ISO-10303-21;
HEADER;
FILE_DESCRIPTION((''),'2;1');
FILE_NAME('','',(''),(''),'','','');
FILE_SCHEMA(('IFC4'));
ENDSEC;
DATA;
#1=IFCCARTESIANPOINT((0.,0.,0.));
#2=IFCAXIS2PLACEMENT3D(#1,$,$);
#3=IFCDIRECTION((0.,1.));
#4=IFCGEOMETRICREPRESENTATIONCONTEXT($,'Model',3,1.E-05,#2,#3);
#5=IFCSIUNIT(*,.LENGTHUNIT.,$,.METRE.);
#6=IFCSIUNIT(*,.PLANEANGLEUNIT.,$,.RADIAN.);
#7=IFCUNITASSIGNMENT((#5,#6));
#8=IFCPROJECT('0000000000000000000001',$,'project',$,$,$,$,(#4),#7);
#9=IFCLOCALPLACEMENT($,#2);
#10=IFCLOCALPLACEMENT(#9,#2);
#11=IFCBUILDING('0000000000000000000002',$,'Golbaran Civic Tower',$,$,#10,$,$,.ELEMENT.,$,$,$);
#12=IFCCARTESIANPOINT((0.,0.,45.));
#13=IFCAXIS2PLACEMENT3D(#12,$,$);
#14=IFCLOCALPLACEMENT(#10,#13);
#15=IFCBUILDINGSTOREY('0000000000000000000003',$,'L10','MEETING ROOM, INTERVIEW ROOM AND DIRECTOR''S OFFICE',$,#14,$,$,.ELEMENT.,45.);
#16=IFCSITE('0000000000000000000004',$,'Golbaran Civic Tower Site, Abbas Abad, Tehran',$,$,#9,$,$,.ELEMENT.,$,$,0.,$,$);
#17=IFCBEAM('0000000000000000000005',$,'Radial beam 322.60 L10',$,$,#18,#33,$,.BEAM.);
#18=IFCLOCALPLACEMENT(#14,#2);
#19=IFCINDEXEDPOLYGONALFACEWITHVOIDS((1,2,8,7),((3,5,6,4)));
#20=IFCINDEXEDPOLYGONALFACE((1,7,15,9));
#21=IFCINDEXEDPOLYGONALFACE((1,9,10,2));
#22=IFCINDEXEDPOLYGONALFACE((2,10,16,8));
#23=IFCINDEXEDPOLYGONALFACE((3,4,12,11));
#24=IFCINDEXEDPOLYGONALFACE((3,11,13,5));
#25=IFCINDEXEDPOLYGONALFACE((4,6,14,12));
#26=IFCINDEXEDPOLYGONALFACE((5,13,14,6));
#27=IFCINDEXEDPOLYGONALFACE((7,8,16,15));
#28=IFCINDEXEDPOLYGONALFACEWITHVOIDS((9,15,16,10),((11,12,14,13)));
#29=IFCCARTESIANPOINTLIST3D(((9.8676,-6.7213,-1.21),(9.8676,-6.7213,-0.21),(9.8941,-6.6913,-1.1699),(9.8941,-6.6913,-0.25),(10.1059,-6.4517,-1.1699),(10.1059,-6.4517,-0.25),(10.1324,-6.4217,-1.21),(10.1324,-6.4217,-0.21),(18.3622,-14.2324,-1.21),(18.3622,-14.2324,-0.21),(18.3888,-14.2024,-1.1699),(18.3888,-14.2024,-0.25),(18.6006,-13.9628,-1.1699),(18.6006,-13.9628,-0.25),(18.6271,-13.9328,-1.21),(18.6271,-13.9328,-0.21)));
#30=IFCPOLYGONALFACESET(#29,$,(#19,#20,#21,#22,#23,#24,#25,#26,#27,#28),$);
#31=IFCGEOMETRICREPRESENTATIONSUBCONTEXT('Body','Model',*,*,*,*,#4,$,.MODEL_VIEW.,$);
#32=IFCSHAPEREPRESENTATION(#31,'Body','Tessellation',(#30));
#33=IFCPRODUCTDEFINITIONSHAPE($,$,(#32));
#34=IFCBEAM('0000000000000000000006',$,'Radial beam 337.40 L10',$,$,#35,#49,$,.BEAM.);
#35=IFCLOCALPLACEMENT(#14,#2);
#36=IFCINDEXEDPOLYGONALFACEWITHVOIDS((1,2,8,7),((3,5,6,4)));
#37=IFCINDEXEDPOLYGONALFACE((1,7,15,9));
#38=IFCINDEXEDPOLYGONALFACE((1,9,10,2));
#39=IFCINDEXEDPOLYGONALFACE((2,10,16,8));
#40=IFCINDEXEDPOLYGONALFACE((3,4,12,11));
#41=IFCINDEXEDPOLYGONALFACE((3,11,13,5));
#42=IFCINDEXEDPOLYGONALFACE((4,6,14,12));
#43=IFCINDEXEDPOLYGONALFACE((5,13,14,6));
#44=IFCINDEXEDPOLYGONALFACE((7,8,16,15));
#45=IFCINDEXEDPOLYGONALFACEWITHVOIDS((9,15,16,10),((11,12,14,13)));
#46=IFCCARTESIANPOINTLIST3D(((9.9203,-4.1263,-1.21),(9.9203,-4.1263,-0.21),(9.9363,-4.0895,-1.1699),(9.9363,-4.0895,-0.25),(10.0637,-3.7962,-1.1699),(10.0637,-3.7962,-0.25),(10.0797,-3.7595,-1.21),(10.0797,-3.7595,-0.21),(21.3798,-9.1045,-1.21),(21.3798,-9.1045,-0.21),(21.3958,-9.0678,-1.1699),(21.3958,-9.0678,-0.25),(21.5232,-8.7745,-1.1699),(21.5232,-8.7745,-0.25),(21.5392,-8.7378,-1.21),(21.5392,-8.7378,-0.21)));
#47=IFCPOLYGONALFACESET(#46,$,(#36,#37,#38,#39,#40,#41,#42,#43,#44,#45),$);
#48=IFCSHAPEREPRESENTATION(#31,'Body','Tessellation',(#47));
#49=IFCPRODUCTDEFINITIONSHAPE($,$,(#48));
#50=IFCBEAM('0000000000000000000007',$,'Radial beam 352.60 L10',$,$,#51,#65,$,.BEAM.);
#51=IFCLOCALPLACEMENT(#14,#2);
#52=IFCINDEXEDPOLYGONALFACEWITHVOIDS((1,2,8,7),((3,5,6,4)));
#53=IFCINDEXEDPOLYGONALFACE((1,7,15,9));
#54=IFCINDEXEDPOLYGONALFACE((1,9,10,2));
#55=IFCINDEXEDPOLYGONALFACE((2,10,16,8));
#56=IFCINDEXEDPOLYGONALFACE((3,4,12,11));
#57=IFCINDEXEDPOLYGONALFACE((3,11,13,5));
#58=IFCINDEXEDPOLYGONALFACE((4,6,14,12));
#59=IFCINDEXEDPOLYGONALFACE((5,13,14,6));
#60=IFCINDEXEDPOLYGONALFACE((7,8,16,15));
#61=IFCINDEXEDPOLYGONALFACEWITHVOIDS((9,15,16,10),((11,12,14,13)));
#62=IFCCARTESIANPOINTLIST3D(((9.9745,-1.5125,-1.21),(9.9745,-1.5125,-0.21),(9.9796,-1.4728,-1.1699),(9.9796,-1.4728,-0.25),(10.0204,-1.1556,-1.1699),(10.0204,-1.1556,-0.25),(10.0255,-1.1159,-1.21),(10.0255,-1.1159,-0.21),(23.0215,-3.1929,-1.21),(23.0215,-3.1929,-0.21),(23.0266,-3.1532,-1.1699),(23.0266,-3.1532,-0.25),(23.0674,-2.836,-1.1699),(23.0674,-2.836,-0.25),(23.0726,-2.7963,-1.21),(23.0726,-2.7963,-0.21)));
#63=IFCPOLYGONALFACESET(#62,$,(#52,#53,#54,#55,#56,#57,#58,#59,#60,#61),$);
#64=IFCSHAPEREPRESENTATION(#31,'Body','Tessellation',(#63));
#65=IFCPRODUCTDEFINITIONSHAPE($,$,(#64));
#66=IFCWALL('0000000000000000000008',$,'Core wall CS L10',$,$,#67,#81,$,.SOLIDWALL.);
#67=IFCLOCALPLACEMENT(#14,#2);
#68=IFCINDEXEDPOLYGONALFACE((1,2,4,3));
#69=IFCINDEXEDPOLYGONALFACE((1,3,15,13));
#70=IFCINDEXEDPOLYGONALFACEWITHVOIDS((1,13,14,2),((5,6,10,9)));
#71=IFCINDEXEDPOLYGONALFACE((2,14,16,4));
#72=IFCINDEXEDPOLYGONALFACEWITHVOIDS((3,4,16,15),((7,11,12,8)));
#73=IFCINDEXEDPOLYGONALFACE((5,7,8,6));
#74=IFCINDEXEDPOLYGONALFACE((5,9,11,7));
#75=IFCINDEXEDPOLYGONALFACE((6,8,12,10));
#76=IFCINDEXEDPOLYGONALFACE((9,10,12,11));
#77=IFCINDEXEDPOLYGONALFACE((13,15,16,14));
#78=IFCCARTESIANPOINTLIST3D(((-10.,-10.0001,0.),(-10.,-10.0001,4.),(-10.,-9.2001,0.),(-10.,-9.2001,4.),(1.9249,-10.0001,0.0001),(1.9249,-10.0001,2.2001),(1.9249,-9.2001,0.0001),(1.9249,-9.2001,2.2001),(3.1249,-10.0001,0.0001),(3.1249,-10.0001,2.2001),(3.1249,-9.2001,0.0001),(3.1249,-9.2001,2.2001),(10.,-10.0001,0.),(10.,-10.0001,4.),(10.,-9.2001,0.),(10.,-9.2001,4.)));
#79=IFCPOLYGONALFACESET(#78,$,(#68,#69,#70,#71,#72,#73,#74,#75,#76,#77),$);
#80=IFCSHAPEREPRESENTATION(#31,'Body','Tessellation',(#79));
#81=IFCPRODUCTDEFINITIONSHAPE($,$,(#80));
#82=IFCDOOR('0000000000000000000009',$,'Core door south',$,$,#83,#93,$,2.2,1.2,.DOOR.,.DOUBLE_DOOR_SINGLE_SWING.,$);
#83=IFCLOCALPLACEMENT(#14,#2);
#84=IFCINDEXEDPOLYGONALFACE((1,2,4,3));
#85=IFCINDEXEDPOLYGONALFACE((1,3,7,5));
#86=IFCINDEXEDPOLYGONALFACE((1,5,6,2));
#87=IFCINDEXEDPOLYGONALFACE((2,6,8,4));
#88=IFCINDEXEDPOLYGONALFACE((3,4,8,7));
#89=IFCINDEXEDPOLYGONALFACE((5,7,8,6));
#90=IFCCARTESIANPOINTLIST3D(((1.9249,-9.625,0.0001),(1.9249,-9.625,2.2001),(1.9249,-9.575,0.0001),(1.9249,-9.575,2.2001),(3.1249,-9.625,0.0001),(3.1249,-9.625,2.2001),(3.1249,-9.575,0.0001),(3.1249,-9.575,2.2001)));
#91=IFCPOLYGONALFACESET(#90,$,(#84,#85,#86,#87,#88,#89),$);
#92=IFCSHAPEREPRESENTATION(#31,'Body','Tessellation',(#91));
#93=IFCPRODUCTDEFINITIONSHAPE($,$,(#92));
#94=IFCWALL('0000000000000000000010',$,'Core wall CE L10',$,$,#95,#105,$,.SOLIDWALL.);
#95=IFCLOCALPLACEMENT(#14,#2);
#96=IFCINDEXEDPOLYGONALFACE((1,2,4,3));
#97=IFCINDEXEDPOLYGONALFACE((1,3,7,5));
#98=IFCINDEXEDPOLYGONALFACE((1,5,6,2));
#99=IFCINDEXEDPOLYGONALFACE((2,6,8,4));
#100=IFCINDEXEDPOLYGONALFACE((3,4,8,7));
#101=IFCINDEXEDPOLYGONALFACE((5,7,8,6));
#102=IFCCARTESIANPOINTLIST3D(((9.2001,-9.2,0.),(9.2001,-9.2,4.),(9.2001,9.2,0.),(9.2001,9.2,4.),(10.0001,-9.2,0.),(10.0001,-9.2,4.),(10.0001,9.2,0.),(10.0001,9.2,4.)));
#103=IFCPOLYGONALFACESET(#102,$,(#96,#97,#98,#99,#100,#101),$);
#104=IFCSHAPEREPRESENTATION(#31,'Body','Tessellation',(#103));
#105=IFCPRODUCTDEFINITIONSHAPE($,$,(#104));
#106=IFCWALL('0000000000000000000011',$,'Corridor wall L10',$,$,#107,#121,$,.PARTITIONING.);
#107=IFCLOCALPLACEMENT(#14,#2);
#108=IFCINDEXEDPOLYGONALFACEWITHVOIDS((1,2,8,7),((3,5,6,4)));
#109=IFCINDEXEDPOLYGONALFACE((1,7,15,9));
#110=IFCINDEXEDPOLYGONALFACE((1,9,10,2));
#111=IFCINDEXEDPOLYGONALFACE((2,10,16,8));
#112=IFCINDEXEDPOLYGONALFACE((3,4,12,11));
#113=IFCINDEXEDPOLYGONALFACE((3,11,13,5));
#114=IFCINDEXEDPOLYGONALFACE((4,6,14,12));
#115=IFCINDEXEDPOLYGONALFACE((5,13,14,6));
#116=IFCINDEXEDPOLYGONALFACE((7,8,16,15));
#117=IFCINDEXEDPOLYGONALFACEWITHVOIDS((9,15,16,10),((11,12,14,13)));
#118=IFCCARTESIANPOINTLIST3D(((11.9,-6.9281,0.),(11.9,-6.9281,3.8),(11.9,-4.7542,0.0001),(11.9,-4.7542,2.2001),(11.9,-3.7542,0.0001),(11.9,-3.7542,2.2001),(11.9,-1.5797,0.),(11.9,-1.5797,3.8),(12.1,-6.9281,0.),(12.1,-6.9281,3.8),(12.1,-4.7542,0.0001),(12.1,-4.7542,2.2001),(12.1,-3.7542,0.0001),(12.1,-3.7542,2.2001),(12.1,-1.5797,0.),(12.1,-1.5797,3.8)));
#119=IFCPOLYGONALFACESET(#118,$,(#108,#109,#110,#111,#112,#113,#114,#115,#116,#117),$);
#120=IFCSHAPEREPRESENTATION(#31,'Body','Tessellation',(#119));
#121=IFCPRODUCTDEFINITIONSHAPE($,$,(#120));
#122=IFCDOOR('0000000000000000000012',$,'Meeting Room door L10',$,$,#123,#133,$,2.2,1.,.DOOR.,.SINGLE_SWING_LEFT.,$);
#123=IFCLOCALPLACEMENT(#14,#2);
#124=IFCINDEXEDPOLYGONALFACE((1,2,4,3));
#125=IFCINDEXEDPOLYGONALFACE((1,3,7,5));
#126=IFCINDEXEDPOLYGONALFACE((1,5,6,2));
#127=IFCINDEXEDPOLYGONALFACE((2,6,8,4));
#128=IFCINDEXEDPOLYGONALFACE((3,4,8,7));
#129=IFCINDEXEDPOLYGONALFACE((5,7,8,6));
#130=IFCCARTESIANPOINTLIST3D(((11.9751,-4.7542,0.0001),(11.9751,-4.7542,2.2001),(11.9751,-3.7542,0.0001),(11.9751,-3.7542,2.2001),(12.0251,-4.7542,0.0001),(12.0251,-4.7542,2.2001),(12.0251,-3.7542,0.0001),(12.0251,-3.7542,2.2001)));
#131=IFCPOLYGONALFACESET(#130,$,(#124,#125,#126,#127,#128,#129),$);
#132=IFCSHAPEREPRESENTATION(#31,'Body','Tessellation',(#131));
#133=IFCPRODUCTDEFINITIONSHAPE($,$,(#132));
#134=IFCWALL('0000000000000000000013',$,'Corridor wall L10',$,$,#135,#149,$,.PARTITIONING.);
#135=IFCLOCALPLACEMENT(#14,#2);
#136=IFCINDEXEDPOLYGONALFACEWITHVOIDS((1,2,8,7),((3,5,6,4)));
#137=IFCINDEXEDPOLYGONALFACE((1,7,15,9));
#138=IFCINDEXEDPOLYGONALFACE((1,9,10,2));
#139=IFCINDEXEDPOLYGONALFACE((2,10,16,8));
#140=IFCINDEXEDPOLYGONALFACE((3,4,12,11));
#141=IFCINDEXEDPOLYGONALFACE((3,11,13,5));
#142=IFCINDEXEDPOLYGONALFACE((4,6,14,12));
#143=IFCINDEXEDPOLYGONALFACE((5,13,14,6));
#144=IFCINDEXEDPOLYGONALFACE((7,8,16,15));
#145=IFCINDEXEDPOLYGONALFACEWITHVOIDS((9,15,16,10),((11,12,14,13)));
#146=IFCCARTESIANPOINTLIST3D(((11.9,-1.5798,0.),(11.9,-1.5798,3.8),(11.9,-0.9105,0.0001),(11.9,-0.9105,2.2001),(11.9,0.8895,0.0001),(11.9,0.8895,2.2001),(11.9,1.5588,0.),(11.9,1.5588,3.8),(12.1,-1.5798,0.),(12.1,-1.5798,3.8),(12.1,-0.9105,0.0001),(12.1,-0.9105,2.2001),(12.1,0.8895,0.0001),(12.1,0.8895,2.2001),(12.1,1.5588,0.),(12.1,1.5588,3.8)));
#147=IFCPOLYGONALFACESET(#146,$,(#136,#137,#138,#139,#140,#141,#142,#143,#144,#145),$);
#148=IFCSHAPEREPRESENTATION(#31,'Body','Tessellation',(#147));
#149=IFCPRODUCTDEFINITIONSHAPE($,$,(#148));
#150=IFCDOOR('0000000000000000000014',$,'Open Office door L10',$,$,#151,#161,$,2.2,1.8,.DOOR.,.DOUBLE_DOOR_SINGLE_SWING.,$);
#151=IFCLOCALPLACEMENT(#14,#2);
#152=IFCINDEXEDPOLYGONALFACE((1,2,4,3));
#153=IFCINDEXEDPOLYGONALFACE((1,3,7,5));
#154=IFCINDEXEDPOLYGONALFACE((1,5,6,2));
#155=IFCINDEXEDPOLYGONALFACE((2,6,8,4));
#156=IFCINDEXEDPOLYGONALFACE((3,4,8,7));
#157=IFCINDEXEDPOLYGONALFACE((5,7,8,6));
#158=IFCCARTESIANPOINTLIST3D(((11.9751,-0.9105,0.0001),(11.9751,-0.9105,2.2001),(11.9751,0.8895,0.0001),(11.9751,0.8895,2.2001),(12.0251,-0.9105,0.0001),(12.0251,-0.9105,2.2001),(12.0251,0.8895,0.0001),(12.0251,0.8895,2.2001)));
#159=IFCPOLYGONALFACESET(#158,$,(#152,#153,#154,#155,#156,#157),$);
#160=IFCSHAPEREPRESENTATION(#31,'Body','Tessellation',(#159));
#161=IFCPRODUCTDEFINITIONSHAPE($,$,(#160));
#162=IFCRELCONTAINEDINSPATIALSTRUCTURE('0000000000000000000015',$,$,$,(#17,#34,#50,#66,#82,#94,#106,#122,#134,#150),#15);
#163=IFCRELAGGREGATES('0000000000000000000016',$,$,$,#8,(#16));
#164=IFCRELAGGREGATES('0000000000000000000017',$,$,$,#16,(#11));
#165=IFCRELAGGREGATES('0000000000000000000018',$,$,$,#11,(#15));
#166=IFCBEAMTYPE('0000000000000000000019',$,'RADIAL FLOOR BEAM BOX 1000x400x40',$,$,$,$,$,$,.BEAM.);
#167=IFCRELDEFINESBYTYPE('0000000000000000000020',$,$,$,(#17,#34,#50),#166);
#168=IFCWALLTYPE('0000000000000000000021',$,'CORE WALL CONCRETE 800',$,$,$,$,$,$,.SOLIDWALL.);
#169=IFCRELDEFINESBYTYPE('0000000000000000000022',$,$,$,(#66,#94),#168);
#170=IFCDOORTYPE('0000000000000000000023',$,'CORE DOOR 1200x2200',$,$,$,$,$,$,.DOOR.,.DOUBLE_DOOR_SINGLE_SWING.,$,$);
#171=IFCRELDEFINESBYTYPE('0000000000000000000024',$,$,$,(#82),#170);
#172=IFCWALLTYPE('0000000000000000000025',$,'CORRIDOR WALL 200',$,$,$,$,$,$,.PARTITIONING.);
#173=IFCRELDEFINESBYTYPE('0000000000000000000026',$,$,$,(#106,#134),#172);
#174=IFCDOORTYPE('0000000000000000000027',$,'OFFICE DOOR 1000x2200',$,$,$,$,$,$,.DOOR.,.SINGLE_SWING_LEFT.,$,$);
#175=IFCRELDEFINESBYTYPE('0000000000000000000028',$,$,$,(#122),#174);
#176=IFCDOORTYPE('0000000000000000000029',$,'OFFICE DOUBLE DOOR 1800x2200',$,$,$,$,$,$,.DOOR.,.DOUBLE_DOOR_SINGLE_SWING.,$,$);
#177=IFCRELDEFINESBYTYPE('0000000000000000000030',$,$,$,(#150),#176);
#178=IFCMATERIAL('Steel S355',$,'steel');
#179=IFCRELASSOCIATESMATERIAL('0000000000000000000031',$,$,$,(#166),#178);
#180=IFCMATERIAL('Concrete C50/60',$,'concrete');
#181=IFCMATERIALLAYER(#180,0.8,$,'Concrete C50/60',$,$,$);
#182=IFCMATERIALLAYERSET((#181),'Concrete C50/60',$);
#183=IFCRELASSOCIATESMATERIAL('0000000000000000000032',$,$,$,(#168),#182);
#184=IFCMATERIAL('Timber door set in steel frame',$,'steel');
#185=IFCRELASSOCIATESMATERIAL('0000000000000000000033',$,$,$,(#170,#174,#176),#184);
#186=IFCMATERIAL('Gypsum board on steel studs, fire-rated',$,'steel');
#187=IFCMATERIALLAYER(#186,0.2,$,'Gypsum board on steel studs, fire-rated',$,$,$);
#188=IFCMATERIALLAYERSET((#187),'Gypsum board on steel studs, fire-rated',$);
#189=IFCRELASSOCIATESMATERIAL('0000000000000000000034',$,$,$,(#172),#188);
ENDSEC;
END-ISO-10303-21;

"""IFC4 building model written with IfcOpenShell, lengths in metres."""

from ifc_helpers import new_model, si_unit, direction, frame, frame_2d, origin, origin_2d, place, context, subcontext, project, spatial, rectangle, hollow_rectangle, extrude, material, layer, layer_set, material_profile, profile_set, type_object, element, fill, save


model = new_model("IFC4")

# Units and contexts
model_context = context("Model", 3, precision=1e-05, world=origin(), true_north=direction((0.0, 1.0)))
body_context = subcontext(model_context, "Body", "Model", "MODEL_VIEW")
ifc_project = project(units=[si_unit("LENGTHUNIT", "METRE"), si_unit("PLANEANGLEUNIT", "RADIAN")], contexts=[model_context])

# Site, building, storey
site_placement = place(None, origin())
site = spatial("IfcSite", under=ifc_project, at=site_placement, Name="Golbaran Civic Tower Site, Abbas Abad, Tehran", CompositionType="ELEMENT", RefElevation=0.0)
building_placement = place(site_placement, origin())
building = spatial("IfcBuilding", under=site, at=building_placement, Name="Golbaran Civic Tower", CompositionType="ELEMENT")
storey_placement = place(building_placement, frame((0.0, 0.0, 45.0)))
storey = spatial("IfcBuildingStorey", under=building, at=storey_placement, Name="L10", Description="MEETING ROOM, INTERVIEW ROOM AND DIRECTOR'S OFFICE", CompositionType="ELEMENT", Elevation=45.0)

# Beams
ifc_material_1 = material(Name="Steel S355", Category="steel")
ifc_material_profile = material_profile(ifc_material_1, hollow_rectangle(XDim=0.3999, YDim=1.0, WallThickness=0.04, at=origin_2d()), Name="BOX 1000x400x40")
ifc_profile_set = profile_set([ifc_material_profile], Name="Steel S355")
beam_type = type_object("IfcBeamType", Name="RADIAL FLOOR BEAM BOX 1000x400x40", PredefinedType="BEAM", material=ifc_profile_set)
beam_1_placement = place(storey_placement, frame((10.0, -6.5715, -0.71), z_axis=(0.749149, -0.662401, 0.0), x_axis=(0.662401, 0.749149, 0.0)))
element("IfcBeam", 1, at=beam_1_placement, inside=storey, type_object=beam_type, Name="Radial beam 322.60 L10", PredefinedType="BEAM", context=body_context, shape_type="SweptSolid", body=[
    extrude(hollow_rectangle(XDim=0.3999, YDim=1.0, WallThickness=0.04, at=origin_2d()), origin(), (0.0, 0.0, 1.0), 11.3391),
])
beam_2_placement = place(storey_placement, frame((10.0, -3.9429, -0.71), z_axis=(0.91719, -0.39845, 0.0), x_axis=(0.39845, 0.91719, 0.0)))
element("IfcBeam", 2, at=beam_2_placement, inside=storey, type_object=beam_type, Name="Radial beam 337.40 L10", PredefinedType="BEAM", context=body_context, shape_type="SweptSolid", body=[
    extrude(hollow_rectangle(XDim=0.3999, YDim=1.0, WallThickness=0.04, at=origin_2d()), origin(), (0.0, 0.0, 1.0), 12.4941),
])
beam_3_placement = place(storey_placement, frame((10.0, -1.3142, -0.71), z_axis=(0.991808, -0.127741, 0.0), x_axis=(0.127741, 0.991808, 0.0)))
element("IfcBeam", 3, at=beam_3_placement, inside=storey, type_object=beam_type, Name="Radial beam 352.60 L10", PredefinedType="BEAM", context=body_context, shape_type="SweptSolid", body=[
    extrude(hollow_rectangle(XDim=0.3999, YDim=1.0, WallThickness=0.04, at=origin_2d()), origin(), (0.0, 0.0, 1.0), 13.1548),
])

# Wall, opening, door
ifc_material_2 = material(Name="Concrete C50/60", Category="concrete")
ifc_layer_1 = layer(ifc_material_2, 0.8, Name="Concrete C50/60")
ifc_layer_set_1 = layer_set([ifc_layer_1], Name="Concrete C50/60")
wall_type_1 = type_object("IfcWallType", Name="CORE WALL CONCRETE 800", PredefinedType="SOLIDWALL", material=ifc_layer_set_1)
wall_1_placement = place(storey_placement, frame((10.0, -9.6001, 0.0), z_axis=(0.0, 0.0, 1.0), x_axis=(-1.0, 0.0, 0.0)))
wall_1 = element("IfcWall", 4, at=wall_1_placement, inside=storey, type_object=wall_type_1, Name="Core wall CS L10", PredefinedType="SOLIDWALL", context=body_context, shape_type="SweptSolid", body=[
    extrude(rectangle(XDim=20.0, YDim=0.8, at=frame_2d((10.0, 0.0))), origin(), (0.0, 0.0, 1.0), 4.0),
])
opening_1_placement = place(wall_1_placement, frame((6.875, 0.0, 0.0)))
opening_1 = element("IfcOpeningElement", 5, at=opening_1_placement, cuts=wall_1, PredefinedType="OPENING", context=body_context, shape_type="SweptSolid", body=[
    extrude(rectangle(XDim=1.2, YDim=2.2, at=frame_2d((0.6001, 1.1001))), frame((0.0, 0.4099, 0.0), z_axis=(0.0, -1.0, 0.0), x_axis=(1.0, 0.0, 0.0)), (0.0, 0.0, 1.0), 0.8201),
])
ifc_material_3 = material(Name="Timber door set in steel frame", Category="steel")
door_type_1 = type_object("IfcDoorType", Name="CORE DOOR 1200x2200", OperationType="DOUBLE_DOOR_SINGLE_SWING", PredefinedType="DOOR", material=ifc_material_3)
door_1_placement = place(opening_1_placement, origin())
door_1 = element("IfcDoor", 6, at=door_1_placement, inside=storey, type_object=door_type_1, Name="Core door south", OperationType="DOUBLE_DOOR_SINGLE_SWING", OverallHeight=2.2, OverallWidth=1.2, PredefinedType="DOOR", context=body_context, shape_type="SweptSolid", body=[
    extrude(rectangle(XDim=1.2, YDim=2.2, at=frame_2d((0.6001, 1.1001))), frame((0.0, 0.0249, 0.0), z_axis=(0.0, -1.0, 0.0), x_axis=(1.0, 0.0, 0.0)), (0.0, 0.0, 1.0), 0.05),
])
fill(opening_1, door_1)

# Wall
wall_2_placement = place(storey_placement, frame((9.6001, -9.2, 0.0), z_axis=(0.0, 0.0, 1.0), x_axis=(0.0, 1.0, 0.0)))
element("IfcWall", 7, at=wall_2_placement, inside=storey, type_object=wall_type_1, Name="Core wall CE L10", PredefinedType="SOLIDWALL", context=body_context, shape_type="SweptSolid", body=[
    extrude(rectangle(XDim=18.3999, YDim=0.8, at=frame_2d((9.2, 0.0))), origin(), (0.0, 0.0, 1.0), 4.0),
])

# Walls, openings, doors
ifc_material_4 = material(Name="Gypsum board on steel studs, fire-rated", Category="steel")
ifc_layer_2 = layer(ifc_material_4, 0.2, Name="Gypsum board on steel studs, fire-rated")
ifc_layer_set_2 = layer_set([ifc_layer_2], Name="Gypsum board on steel studs, fire-rated")
wall_type_2 = type_object("IfcWallType", Name="CORRIDOR WALL 200", PredefinedType="PARTITIONING", material=ifc_layer_set_2)
wall_3_placement = place(storey_placement, frame((12.0, -6.9282, 0.0), z_axis=(0.0, 0.0, 1.0), x_axis=(0.0, 1.0, 0.0)))
wall_3 = element("IfcWall", 8, at=wall_3_placement, inside=storey, type_object=wall_type_2, Name="Corridor wall L10", PredefinedType="PARTITIONING", context=body_context, shape_type="SweptSolid", body=[
    extrude(rectangle(XDim=5.3484, YDim=0.2, at=frame_2d((2.6743, 0.0))), origin(), (0.0, 0.0, 1.0), 3.8),
])
opening_2_placement = place(wall_3_placement, frame((2.1741, 0.0, 0.0)))
opening_2 = element("IfcOpeningElement", 9, at=opening_2_placement, cuts=wall_3, PredefinedType="OPENING", context=body_context, shape_type="SweptSolid", body=[
    extrude(rectangle(XDim=1.0, YDim=2.2, at=frame_2d((0.5, 1.1001))), frame((0.0, 0.1099, 0.0), z_axis=(0.0, -1.0, 0.0), x_axis=(1.0, 0.0, 0.0)), (0.0, 0.0, 1.0), 0.22),
])
door_type_2 = type_object("IfcDoorType", Name="OFFICE DOOR 1000x2200", OperationType="SINGLE_SWING_LEFT", PredefinedType="DOOR", material=ifc_material_3)
door_2_placement = place(opening_2_placement, origin())
door_2 = element("IfcDoor", 10, at=door_2_placement, inside=storey, type_object=door_type_2, Name="Meeting Room door L10", OperationType="SINGLE_SWING_LEFT", OverallHeight=2.2, OverallWidth=1.0, PredefinedType="DOOR", context=body_context, shape_type="SweptSolid", body=[
    extrude(rectangle(XDim=1.0, YDim=2.2, at=frame_2d((0.5, 1.1001))), frame((0.0, 0.0249, 0.0), z_axis=(0.0, -1.0, 0.0), x_axis=(1.0, 0.0, 0.0)), (0.0, 0.0, 1.0), 0.05),
])
fill(opening_2, door_2)
wall_4_placement = place(storey_placement, frame((12.0, -1.5798, 0.0), z_axis=(0.0, 0.0, 1.0), x_axis=(0.0, 1.0, 0.0)))
wall_4 = element("IfcWall", 11, at=wall_4_placement, inside=storey, type_object=wall_type_2, Name="Corridor wall L10", PredefinedType="PARTITIONING", context=body_context, shape_type="SweptSolid", body=[
    extrude(rectangle(XDim=3.1387, YDim=0.2, at=frame_2d((1.5693, 0.0))), origin(), (0.0, 0.0, 1.0), 3.8),
])
opening_3_placement = place(wall_4_placement, frame((0.6694, 0.0, 0.0)))
opening_3 = element("IfcOpeningElement", 12, at=opening_3_placement, cuts=wall_4, PredefinedType="OPENING", context=body_context, shape_type="SweptSolid", body=[
    extrude(rectangle(XDim=1.8, YDim=2.2, at=frame_2d((0.8999, 1.1001))), frame((0.0, 0.1099, 0.0), z_axis=(0.0, -1.0, 0.0), x_axis=(1.0, 0.0, 0.0)), (0.0, 0.0, 1.0), 0.22),
])
door_type_3 = type_object("IfcDoorType", Name="OFFICE DOUBLE DOOR 1800x2200", OperationType="DOUBLE_DOOR_SINGLE_SWING", PredefinedType="DOOR", material=ifc_material_3)
door_3_placement = place(opening_3_placement, origin())
door_3 = element("IfcDoor", 13, at=door_3_placement, inside=storey, type_object=door_type_3, Name="Open Office door L10", OperationType="DOUBLE_DOOR_SINGLE_SWING", OverallHeight=2.2, OverallWidth=1.8, PredefinedType="DOOR", context=body_context, shape_type="SweptSolid", body=[
    extrude(rectangle(XDim=1.8, YDim=2.2, at=frame_2d((0.8999, 1.1001))), frame((0.0, 0.0249, 0.0), z_axis=(0.0, -1.0, 0.0), x_axis=(1.0, 0.0, 0.0)), (0.0, 0.0, 1.0), 0.05),
])
fill(opening_3, door_3)

save(model, "model.ifc")
